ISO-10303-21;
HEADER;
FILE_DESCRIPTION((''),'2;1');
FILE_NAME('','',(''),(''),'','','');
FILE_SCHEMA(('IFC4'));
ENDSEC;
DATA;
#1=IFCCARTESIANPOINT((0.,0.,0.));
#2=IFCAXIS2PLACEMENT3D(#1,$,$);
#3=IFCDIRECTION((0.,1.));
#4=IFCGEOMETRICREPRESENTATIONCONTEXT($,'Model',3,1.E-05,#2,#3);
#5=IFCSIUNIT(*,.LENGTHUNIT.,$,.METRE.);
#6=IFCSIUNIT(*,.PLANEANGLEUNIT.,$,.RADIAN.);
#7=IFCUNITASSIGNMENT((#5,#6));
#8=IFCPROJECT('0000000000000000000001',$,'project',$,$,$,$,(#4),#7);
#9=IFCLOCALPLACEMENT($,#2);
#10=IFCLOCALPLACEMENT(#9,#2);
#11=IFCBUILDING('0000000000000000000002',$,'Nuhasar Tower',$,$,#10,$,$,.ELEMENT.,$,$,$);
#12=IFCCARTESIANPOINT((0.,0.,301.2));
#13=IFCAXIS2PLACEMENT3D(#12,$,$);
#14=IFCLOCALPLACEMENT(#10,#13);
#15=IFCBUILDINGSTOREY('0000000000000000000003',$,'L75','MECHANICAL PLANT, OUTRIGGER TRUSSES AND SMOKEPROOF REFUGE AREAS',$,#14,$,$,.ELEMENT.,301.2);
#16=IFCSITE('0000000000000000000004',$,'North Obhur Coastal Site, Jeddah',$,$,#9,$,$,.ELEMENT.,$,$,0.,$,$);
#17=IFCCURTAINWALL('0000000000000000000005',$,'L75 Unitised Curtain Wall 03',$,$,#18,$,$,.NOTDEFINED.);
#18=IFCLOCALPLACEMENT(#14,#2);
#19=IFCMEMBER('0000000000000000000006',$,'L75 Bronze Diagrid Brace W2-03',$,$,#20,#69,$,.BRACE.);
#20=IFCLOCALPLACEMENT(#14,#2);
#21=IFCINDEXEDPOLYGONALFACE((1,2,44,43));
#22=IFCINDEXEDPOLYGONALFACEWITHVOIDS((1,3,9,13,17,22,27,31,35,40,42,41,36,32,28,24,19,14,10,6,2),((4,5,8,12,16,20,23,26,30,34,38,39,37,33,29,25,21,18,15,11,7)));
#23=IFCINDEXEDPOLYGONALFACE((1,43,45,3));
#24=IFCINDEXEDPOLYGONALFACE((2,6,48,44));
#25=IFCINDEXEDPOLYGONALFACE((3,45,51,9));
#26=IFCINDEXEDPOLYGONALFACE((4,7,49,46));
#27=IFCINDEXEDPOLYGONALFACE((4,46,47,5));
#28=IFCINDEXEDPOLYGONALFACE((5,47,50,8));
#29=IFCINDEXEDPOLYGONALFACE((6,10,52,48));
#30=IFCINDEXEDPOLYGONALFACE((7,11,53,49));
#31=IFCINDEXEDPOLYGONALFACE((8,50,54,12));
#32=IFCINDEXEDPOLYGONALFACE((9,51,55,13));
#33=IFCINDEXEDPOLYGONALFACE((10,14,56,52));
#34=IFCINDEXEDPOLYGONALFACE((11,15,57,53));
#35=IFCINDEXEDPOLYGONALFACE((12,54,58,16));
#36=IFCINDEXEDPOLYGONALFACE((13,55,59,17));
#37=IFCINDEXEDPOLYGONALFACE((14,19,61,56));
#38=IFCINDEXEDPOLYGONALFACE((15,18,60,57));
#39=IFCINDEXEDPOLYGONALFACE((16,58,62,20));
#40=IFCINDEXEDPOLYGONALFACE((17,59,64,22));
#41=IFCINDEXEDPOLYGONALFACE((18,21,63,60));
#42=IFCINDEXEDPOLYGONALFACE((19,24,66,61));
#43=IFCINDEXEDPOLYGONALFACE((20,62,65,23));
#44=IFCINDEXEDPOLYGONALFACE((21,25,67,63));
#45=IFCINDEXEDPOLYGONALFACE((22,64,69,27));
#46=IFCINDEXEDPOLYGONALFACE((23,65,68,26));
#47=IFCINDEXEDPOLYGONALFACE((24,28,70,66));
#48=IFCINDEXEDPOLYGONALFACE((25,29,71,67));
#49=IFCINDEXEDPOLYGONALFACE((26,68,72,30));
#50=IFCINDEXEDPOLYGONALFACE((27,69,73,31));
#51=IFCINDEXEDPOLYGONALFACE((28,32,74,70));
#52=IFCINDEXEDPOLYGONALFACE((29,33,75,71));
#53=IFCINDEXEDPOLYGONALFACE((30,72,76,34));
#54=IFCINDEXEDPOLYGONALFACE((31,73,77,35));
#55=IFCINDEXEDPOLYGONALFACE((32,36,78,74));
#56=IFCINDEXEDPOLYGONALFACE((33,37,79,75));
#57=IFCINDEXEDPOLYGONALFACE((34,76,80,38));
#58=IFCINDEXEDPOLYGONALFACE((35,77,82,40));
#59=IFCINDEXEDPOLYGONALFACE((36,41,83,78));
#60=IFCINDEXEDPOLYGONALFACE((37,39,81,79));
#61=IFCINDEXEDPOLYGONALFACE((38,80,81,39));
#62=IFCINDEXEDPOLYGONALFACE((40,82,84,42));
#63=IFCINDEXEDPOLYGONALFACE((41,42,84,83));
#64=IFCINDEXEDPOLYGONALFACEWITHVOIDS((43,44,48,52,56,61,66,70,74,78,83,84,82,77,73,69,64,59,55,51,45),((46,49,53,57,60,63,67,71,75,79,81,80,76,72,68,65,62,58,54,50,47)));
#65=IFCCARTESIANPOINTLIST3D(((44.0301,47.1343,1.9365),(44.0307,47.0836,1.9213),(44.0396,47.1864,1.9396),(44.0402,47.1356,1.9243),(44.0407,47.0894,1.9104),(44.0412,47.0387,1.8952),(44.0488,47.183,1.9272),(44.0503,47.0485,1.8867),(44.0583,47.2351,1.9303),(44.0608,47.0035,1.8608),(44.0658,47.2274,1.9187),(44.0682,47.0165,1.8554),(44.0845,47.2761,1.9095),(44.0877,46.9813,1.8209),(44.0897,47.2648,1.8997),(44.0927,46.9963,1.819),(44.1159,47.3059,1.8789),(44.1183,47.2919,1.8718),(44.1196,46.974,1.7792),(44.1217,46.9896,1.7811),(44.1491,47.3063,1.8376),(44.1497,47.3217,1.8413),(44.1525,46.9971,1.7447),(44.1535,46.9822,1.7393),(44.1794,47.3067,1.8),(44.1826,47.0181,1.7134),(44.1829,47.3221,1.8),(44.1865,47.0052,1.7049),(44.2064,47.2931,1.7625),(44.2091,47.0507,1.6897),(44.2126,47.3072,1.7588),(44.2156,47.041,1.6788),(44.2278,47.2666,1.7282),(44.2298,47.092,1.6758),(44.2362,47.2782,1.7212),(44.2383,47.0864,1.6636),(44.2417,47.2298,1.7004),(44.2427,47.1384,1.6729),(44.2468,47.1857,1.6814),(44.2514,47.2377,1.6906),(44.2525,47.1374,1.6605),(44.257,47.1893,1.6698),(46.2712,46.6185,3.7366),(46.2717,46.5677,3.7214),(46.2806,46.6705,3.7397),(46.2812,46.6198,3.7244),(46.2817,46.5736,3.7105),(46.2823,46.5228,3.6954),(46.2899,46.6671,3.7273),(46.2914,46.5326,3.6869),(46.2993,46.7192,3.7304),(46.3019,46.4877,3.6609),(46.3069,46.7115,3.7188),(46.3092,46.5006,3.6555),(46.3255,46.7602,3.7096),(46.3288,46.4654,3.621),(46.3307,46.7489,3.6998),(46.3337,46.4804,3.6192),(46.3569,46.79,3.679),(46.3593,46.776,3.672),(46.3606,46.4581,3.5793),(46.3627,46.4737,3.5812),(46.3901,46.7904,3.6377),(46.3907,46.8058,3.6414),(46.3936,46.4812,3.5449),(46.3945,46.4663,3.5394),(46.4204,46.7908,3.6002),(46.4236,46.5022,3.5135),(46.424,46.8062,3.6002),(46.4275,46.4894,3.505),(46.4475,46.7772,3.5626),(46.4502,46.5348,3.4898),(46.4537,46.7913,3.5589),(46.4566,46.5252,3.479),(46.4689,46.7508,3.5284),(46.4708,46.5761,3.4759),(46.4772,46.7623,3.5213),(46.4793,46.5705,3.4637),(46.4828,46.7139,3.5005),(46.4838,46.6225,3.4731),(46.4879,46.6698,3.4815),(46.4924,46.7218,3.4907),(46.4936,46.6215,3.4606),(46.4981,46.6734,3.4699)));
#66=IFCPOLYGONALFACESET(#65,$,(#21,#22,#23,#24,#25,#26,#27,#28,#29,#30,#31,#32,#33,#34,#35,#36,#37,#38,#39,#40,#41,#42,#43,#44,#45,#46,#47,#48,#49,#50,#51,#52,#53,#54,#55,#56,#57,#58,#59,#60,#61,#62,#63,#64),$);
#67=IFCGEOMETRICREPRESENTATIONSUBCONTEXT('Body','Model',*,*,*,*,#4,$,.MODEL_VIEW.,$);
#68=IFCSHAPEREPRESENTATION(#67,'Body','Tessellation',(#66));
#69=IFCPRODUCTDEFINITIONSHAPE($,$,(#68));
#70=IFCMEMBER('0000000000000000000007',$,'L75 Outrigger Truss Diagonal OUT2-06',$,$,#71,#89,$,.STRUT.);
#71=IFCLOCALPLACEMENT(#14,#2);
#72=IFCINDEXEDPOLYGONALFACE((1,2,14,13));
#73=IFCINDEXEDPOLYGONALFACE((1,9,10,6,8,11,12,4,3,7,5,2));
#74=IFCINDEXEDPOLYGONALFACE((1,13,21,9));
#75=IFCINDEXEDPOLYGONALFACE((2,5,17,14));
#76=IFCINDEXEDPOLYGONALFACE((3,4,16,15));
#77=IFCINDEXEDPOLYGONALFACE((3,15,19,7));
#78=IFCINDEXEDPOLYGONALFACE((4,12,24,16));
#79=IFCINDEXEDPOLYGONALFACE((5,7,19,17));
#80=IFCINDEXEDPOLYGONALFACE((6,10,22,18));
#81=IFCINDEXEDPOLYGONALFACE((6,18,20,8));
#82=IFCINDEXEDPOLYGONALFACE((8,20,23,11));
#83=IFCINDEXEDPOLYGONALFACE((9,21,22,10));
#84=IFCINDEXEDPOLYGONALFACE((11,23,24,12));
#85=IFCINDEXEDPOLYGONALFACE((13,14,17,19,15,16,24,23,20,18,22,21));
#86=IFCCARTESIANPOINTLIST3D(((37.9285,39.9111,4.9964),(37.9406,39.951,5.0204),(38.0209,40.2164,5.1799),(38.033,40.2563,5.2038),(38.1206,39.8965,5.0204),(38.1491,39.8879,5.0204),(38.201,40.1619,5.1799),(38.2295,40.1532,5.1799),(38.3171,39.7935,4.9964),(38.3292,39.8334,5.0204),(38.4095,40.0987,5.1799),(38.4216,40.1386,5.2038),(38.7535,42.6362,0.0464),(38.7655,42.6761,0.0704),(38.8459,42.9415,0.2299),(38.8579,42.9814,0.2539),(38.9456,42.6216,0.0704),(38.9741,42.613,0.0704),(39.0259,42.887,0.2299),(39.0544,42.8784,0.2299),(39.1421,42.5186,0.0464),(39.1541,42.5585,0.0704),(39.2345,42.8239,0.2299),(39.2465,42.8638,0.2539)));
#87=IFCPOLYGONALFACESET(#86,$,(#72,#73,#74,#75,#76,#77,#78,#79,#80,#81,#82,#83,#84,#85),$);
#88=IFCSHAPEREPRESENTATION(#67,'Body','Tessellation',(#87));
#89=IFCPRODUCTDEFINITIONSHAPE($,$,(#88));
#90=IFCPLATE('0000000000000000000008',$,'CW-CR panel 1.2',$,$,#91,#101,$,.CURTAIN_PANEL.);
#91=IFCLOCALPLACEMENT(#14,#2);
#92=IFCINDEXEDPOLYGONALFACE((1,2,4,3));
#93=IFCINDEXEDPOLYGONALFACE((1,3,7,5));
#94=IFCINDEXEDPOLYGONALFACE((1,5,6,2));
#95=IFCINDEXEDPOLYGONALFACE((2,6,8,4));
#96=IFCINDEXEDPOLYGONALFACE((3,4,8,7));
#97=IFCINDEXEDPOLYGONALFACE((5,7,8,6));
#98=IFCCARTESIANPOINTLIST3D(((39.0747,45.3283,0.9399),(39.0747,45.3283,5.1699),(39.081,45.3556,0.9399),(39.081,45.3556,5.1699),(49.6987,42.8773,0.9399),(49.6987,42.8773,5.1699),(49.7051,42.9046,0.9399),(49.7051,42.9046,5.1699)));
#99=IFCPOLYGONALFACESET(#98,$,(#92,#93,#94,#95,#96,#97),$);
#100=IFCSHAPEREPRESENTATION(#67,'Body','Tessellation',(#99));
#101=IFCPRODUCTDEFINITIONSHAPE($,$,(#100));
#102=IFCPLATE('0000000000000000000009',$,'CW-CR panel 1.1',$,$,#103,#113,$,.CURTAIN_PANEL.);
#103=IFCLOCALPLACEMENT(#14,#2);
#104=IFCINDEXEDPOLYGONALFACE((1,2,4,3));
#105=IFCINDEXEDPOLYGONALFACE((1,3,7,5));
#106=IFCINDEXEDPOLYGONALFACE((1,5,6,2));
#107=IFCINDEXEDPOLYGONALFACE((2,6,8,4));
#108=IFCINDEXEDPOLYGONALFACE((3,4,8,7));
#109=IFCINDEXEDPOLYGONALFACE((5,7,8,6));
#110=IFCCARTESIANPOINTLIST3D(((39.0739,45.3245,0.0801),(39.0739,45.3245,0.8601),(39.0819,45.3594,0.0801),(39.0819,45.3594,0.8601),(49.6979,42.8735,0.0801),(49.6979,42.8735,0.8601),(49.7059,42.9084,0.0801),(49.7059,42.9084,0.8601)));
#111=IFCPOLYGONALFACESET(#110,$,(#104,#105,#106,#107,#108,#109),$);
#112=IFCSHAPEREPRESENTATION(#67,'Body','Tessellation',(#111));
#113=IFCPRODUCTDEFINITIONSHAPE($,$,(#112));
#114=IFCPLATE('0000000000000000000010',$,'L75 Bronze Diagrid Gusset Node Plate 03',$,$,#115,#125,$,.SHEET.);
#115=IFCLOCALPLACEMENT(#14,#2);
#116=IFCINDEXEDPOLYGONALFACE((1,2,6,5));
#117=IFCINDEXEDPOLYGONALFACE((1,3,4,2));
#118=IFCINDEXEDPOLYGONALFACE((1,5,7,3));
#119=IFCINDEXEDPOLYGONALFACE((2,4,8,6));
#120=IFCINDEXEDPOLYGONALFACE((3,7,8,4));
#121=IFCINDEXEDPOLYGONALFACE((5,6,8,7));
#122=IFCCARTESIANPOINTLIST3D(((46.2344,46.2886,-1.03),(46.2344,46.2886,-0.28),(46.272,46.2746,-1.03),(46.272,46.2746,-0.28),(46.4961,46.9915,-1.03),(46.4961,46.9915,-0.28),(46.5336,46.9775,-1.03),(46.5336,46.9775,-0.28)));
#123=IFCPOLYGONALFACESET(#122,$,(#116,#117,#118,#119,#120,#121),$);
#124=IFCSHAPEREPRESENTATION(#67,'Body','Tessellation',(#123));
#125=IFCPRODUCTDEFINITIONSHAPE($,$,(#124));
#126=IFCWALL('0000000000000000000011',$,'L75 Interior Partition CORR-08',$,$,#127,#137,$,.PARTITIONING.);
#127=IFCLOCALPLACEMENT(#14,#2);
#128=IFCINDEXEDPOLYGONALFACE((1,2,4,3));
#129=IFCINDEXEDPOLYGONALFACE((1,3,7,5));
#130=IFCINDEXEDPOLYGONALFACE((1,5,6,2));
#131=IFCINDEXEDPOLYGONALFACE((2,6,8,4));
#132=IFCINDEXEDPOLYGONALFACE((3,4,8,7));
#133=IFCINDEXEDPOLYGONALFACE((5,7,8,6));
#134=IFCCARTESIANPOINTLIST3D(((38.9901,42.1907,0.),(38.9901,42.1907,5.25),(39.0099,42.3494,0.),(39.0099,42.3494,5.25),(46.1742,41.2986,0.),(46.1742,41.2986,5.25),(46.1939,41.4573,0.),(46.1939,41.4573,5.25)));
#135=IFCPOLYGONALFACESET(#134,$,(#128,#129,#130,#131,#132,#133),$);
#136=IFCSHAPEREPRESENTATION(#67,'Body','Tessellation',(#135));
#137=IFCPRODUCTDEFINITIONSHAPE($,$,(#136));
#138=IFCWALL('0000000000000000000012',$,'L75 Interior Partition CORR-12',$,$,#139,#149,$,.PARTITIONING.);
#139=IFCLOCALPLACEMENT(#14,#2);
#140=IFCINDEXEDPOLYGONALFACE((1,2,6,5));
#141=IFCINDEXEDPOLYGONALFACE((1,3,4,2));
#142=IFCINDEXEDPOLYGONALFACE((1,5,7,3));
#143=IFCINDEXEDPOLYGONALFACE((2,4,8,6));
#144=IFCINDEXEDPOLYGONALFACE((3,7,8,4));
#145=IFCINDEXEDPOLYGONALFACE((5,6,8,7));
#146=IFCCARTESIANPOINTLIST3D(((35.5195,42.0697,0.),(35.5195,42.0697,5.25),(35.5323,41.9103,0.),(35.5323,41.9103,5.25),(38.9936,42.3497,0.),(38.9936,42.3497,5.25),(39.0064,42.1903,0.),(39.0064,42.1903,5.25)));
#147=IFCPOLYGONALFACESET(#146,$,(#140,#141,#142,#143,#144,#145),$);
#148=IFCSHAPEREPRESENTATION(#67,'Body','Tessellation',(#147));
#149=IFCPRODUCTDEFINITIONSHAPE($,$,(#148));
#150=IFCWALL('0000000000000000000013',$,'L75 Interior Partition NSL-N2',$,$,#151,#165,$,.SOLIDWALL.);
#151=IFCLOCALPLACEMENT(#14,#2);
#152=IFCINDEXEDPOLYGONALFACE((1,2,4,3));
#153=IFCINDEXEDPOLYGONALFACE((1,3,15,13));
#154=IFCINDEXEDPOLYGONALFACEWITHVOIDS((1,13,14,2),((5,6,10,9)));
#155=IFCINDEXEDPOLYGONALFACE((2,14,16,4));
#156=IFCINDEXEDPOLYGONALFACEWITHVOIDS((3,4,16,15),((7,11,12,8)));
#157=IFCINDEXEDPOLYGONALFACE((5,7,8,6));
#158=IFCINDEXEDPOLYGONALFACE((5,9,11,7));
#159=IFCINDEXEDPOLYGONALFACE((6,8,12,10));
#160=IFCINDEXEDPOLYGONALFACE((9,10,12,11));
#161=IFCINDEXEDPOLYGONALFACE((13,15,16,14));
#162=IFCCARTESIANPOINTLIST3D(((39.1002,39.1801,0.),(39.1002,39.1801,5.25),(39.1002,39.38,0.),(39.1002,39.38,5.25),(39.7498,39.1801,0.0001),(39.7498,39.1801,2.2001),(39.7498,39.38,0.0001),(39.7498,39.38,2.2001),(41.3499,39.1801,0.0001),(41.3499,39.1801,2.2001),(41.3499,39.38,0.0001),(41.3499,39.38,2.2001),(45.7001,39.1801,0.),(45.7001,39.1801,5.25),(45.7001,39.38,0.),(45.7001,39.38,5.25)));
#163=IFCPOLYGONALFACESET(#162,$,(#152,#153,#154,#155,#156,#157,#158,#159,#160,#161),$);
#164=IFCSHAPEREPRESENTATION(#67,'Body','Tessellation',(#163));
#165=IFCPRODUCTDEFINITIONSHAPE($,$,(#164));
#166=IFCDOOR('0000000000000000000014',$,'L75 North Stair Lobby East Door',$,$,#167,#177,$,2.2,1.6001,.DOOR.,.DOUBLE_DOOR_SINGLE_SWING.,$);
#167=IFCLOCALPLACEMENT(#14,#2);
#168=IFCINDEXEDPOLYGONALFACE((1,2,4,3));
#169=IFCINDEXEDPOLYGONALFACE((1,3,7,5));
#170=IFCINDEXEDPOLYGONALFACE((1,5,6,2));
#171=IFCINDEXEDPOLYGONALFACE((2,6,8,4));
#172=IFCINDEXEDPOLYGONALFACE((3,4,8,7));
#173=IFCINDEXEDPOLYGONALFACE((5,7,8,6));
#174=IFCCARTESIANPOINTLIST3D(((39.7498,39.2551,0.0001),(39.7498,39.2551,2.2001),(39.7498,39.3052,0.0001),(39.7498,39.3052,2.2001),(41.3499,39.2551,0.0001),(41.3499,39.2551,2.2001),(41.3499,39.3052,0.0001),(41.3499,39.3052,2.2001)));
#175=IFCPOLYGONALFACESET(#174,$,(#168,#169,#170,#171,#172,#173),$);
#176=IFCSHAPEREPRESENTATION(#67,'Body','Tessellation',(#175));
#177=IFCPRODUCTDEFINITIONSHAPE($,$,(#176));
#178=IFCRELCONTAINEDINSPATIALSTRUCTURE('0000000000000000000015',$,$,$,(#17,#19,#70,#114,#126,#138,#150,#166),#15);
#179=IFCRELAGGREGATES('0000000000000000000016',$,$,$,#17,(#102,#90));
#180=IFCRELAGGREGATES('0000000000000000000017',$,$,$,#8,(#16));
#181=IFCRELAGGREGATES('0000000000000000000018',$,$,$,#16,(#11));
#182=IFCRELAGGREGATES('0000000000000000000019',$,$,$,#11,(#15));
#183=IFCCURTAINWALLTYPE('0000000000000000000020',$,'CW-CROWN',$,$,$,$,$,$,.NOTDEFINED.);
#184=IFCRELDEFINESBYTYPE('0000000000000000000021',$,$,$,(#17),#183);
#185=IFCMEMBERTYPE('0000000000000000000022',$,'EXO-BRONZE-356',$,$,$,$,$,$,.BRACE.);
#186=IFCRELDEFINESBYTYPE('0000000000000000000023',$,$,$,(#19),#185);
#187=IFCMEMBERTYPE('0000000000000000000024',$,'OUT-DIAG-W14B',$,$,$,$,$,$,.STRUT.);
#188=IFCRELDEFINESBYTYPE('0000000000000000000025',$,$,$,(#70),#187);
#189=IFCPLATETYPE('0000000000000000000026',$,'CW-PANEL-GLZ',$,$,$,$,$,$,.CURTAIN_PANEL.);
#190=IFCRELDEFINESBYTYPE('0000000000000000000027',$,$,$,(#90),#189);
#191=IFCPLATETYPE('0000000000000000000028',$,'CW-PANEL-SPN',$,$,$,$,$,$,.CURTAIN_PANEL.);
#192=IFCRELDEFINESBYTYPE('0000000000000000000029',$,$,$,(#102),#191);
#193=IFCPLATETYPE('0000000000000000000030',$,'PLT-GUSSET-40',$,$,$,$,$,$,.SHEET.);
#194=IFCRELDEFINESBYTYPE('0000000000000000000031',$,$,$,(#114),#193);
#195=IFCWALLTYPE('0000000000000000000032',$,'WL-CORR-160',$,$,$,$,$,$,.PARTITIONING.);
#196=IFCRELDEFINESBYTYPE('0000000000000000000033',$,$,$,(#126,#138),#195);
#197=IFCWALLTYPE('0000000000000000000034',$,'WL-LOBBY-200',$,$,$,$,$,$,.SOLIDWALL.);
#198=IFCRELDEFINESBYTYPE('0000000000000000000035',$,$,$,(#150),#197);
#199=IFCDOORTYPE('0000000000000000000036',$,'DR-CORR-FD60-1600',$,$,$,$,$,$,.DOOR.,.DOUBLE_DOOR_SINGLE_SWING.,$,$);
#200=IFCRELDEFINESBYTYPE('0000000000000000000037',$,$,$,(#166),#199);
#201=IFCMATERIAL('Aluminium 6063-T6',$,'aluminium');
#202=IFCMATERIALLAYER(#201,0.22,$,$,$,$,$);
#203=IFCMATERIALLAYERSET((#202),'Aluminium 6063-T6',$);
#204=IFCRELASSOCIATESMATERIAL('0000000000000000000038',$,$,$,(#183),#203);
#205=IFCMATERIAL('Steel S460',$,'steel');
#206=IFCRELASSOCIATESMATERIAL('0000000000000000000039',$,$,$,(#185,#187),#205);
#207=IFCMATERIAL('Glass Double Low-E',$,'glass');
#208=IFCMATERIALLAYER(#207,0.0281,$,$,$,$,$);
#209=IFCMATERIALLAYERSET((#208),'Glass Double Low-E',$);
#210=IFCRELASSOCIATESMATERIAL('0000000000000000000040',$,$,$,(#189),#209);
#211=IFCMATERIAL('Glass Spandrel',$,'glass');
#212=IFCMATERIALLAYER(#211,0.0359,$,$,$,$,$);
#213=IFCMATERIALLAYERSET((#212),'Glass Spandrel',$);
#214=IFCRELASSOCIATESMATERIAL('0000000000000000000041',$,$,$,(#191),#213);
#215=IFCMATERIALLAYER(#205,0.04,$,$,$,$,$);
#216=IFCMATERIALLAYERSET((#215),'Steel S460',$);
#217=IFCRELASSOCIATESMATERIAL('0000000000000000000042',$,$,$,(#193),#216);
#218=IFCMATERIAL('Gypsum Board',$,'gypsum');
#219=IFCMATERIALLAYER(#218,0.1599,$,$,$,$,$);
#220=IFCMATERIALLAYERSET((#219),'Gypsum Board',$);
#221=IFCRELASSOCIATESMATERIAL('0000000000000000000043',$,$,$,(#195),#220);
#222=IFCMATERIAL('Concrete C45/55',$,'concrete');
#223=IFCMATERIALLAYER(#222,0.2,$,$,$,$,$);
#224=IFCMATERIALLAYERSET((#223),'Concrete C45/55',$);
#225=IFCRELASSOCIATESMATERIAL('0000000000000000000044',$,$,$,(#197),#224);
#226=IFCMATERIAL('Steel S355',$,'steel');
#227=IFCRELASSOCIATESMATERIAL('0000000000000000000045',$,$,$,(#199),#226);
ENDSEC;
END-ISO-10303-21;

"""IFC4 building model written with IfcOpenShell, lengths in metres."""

from ifc_helpers import new_model, si_unit, direction, frame, frame_2d, origin, origin_2d, place, context, subcontext, project, spatial, rectangle, hollow_circle, i_section, extrude, material, layer, layer_set, material_profile, profile_set, type_object, element, fill, aggregate, save


model = new_model("IFC4")

# Units and contexts
model_context = context("Model", 3, precision=1e-05, world=origin(), true_north=direction((0.0, 1.0)))
body_context = subcontext(model_context, "Body", "Model", "MODEL_VIEW")
ifc_project = project(units=[si_unit("LENGTHUNIT", "METRE"), si_unit("PLANEANGLEUNIT", "RADIAN")], contexts=[model_context])

# Site, building, storey
site_placement = place(None, origin())
site = spatial("IfcSite", under=ifc_project, at=site_placement, Name="North Obhur Coastal Site, Jeddah", CompositionType="ELEMENT", RefElevation=0.0)
building_placement = place(site_placement, origin())
building = spatial("IfcBuilding", under=site, at=building_placement, Name="Nuhasar Tower", CompositionType="ELEMENT")
storey_placement = place(building_placement, frame((0.0, 0.0, 301.2)))
storey = spatial("IfcBuildingStorey", under=building, at=storey_placement, Name="L75", Description="MECHANICAL PLANT, OUTRIGGER TRUSSES AND SMOKEPROOF REFUGE AREAS", CompositionType="ELEMENT", Elevation=301.2)

# Shared definitions
ifc_material_1 = material(Name="Steel S460", Category="steel")

# Shared definitions
ifc_material_2 = material(Name="Steel S355", Category="steel")

# Curtain wall
ifc_material_3 = material(Name="Aluminium 6063-T6", Category="aluminium")
ifc_layer_1 = layer(ifc_material_3, 0.22)
ifc_layer_set_1 = layer_set([ifc_layer_1], Name="Aluminium 6063-T6")
curtain_wall_type = type_object("IfcCurtainWallType", Name="CW-CROWN", PredefinedType="NOTDEFINED", material=ifc_layer_set_1)
curtain_wall_placement = place(storey_placement, origin())
curtain_wall = element("IfcCurtainWall", 1, at=curtain_wall_placement, inside=storey, type_object=curtain_wall_type, Name="L75 Unitised Curtain Wall 03", PredefinedType="NOTDEFINED")

# Members
ifc_material_profile_1 = material_profile(ifc_material_1, hollow_circle(Radius=0.1777, WallThickness=0.0159, at=origin_2d()), Name="HSS355.6X15.9")
ifc_profile_set_1 = profile_set([ifc_material_profile_1], Name="Steel S460")
member_type_1 = type_object("IfcMemberType", Name="EXO-BRONZE-356", PredefinedType="BRACE", material=ifc_profile_set_1)
for number, where, z_axis, x_axis, name in (
    (2, (44.1431, 47.1489, 1.8), (0.767372, -0.176649, 0.616389), (0.224332, 0.974513, 0.0), "L75 Bronze Diagrid Brace W2-03"),
):
    element("IfcMember", number, at=place(storey_placement, frame(where, z_axis=z_axis, x_axis=x_axis)), inside=storey, type_object=member_type_1, Name=name, PredefinedType="BRACE", context=body_context, shape_type="SweptSolid", body=[
        extrude(hollow_circle(Radius=0.1777, WallThickness=0.0159, at=origin_2d()), origin(), (0.0, 0.0, 1.0), 2.9204),
    ])
ifc_material_profile_2 = material_profile(ifc_material_1, i_section(OverallWidth=0.406, OverallDepth=0.416, WebThickness=0.0298, FlangeThickness=0.0481, at=origin_2d()), Name="W14X257")
ifc_profile_set_2 = profile_set([ifc_material_profile_2], Name="Steel S460")
member_type_2 = type_object("IfcMemberType", Name="OUT-DIAG-W14B", PredefinedType="STRUT", material=ifc_profile_set_2)
member_1_placement = place(storey_placement, frame((39.0, 42.75, 0.1501), z_axis=(-0.144465, -0.477216, 0.86683), x_axis=(0.957106, -0.289738, 0.0)))
element("IfcMember", 3, at=member_1_placement, inside=storey, type_object=member_type_2, Name="L75 Outrigger Truss Diagonal OUT2-06", PredefinedType="STRUT", context=body_context, shape_type="SweptSolid", body=[
    extrude(i_section(OverallWidth=0.406, OverallDepth=0.416, WebThickness=0.0298, FlangeThickness=0.0481, at=origin_2d()), origin(), (0.0, 0.0, 1.0), 5.7104),
])

# Plates
ifc_material_4 = material(Name="Glass Double Low-E", Category="glass")
ifc_layer_2 = layer(ifc_material_4, 0.0281)
ifc_layer_set_2 = layer_set([ifc_layer_2], Name="Glass Double Low-E")
plate_type_1 = type_object("IfcPlateType", Name="CW-PANEL-GLZ", PredefinedType="CURTAIN_PANEL", material=ifc_layer_set_2)
plate_1_placement = place(storey_placement, frame((44.3899, 44.1165, 0.9399), z_axis=(0.0, 0.0, 1.0), x_axis=(-0.974405, 0.2248, 0.0)))
plate_1 = element("IfcPlate", 4, at=plate_1_placement, type_object=plate_type_1, Name="CW-CR panel 1.2", PredefinedType="CURTAIN_PANEL", context=body_context, shape_type="SweptSolid", body=[
    extrude(rectangle(XDim=10.9031, YDim=0.0281, at=origin_2d()), origin(), (0.0, 0.0, 1.0), 4.23),
])
ifc_material_5 = material(Name="Glass Spandrel", Category="glass")
ifc_layer_3 = layer(ifc_material_5, 0.0359)
ifc_layer_set_3 = layer_set([ifc_layer_3], Name="Glass Spandrel")
plate_type_2 = type_object("IfcPlateType", Name="CW-PANEL-SPN", PredefinedType="CURTAIN_PANEL", material=ifc_layer_set_3)
plate_2_placement = place(storey_placement, frame((44.3899, 44.1165, 0.0801), z_axis=(0.0, 0.0, 1.0), x_axis=(-0.974405, 0.2248, 0.0)))
plate_2 = element("IfcPlate", 5, at=plate_2_placement, type_object=plate_type_2, Name="CW-CR panel 1.1", PredefinedType="CURTAIN_PANEL", context=body_context, shape_type="SweptSolid", body=[
    extrude(rectangle(XDim=10.9031, YDim=0.0359, at=origin_2d()), origin(), (0.0, 0.0, 1.0), 0.78),
])
aggregate(curtain_wall, [plate_2, plate_1])
ifc_layer_4 = layer(ifc_material_1, 0.04)
ifc_layer_set_4 = layer_set([ifc_layer_4], Name="Steel S460")
plate_type_3 = type_object("IfcPlateType", Name="PLT-GUSSET-40", PredefinedType="SHEET", material=ifc_layer_set_4)
plate_3_placement = place(storey_placement, frame((46.384, 46.6331, -1.03), z_axis=(0.0, 0.0, 1.0), x_axis=(0.348916, 0.937154, 0.0)))
element("IfcPlate", 6, at=plate_3_placement, inside=storey, type_object=plate_type_3, Name="L75 Bronze Diagrid Gusset Node Plate 03", PredefinedType="SHEET", context=body_context, shape_type="SweptSolid", body=[
    extrude(rectangle(XDim=0.75, YDim=0.04, at=origin_2d()), origin(), (0.0, 0.0, 1.0), 0.75),
])

# Walls
ifc_material_6 = material(Name="Gypsum Board", Category="gypsum")
ifc_layer_5 = layer(ifc_material_6, 0.1599)
ifc_layer_set_5 = layer_set([ifc_layer_5], Name="Gypsum Board")
wall_type_1 = type_object("IfcWallType", Name="WL-CORR-160", PredefinedType="PARTITIONING", material=ifc_layer_set_5)
wall_1_placement = place(storey_placement, frame((46.1841, 41.3779, 0.0), z_axis=(0.0, 0.0, 1.0), x_axis=(-0.992378, 0.123229, 0.0)))
element("IfcWall", 7, at=wall_1_placement, inside=storey, type_object=wall_type_1, Name="L75 Interior Partition CORR-08", PredefinedType="PARTITIONING", context=body_context, shape_type="SweptSolid", body=[
    extrude(rectangle(XDim=7.2393, YDim=0.1599, at=frame_2d((3.6196, 0.0))), origin(), (0.0, 0.0, 1.0), 5.25),
])
wall_2_placement = place(storey_placement, frame((39.0, 42.27, 0.0), z_axis=(0.0, 0.0, 1.0), x_axis=(-0.996767, -0.080344, 0.0)))
element("IfcWall", 8, at=wall_2_placement, inside=storey, type_object=wall_type_1, Name="L75 Interior Partition CORR-12", PredefinedType="PARTITIONING", context=body_context, shape_type="SweptSolid", body=[
    extrude(rectangle(XDim=3.4854, YDim=0.1599, at=frame_2d((1.7427, 0.0))), origin(), (0.0, 0.0, 1.0), 5.25),
])

# Wall, opening, door
ifc_material_7 = material(Name="Concrete C45/55", Category="concrete")
ifc_layer_6 = layer(ifc_material_7, 0.2)
ifc_layer_set_6 = layer_set([ifc_layer_6], Name="Concrete C45/55")
wall_type_2 = type_object("IfcWallType", Name="WL-LOBBY-200", PredefinedType="SOLIDWALL", material=ifc_layer_set_6)
wall_3_placement = place(storey_placement, frame((45.7, 39.28, 0.0), z_axis=(0.0, 0.0, 1.0), x_axis=(-1.0, 0.0, 0.0)))
wall_3 = element("IfcWall", 9, at=wall_3_placement, inside=storey, type_object=wall_type_2, Name="L75 Interior Partition NSL-N2", PredefinedType="SOLIDWALL", context=body_context, shape_type="SweptSolid", body=[
    extrude(rectangle(XDim=6.5999, YDim=0.2, at=frame_2d((3.2998, 0.0))), origin(), (0.0, 0.0, 1.0), 5.25),
])
opening_placement = place(wall_3_placement, frame((4.3501, 0.0, 0.0)))
opening = element("IfcOpeningElement", 10, at=opening_placement, cuts=wall_3, PredefinedType="OPENING", context=body_context, shape_type="SweptSolid", body=[
    extrude(rectangle(XDim=1.6001, YDim=2.2, at=frame_2d((0.8, 1.1001))), frame((0.0, 0.1099, 0.0), z_axis=(0.0, -1.0, 0.0), x_axis=(1.0, 0.0, 0.0)), (0.0, 0.0, 1.0), 0.22),
])
door_type = type_object("IfcDoorType", Name="DR-CORR-FD60-1600", OperationType="DOUBLE_DOOR_SINGLE_SWING", PredefinedType="DOOR", material=ifc_material_2)
door_placement = place(opening_placement, origin())
door = element("IfcDoor", 11, at=door_placement, inside=storey, type_object=door_type, Name="L75 North Stair Lobby East Door", OperationType="DOUBLE_DOOR_SINGLE_SWING", OverallHeight=2.2, OverallWidth=1.6001, PredefinedType="DOOR", context=body_context, shape_type="SweptSolid", body=[
    extrude(rectangle(XDim=1.6001, YDim=2.2, at=frame_2d((0.8, 1.1001))), frame((0.0, 0.0249, 0.0), z_axis=(0.0, -1.0, 0.0), x_axis=(1.0, 0.0, 0.0)), (0.0, 0.0, 1.0), 0.05),
])
fill(opening, door)

save(model, "model.ifc")
